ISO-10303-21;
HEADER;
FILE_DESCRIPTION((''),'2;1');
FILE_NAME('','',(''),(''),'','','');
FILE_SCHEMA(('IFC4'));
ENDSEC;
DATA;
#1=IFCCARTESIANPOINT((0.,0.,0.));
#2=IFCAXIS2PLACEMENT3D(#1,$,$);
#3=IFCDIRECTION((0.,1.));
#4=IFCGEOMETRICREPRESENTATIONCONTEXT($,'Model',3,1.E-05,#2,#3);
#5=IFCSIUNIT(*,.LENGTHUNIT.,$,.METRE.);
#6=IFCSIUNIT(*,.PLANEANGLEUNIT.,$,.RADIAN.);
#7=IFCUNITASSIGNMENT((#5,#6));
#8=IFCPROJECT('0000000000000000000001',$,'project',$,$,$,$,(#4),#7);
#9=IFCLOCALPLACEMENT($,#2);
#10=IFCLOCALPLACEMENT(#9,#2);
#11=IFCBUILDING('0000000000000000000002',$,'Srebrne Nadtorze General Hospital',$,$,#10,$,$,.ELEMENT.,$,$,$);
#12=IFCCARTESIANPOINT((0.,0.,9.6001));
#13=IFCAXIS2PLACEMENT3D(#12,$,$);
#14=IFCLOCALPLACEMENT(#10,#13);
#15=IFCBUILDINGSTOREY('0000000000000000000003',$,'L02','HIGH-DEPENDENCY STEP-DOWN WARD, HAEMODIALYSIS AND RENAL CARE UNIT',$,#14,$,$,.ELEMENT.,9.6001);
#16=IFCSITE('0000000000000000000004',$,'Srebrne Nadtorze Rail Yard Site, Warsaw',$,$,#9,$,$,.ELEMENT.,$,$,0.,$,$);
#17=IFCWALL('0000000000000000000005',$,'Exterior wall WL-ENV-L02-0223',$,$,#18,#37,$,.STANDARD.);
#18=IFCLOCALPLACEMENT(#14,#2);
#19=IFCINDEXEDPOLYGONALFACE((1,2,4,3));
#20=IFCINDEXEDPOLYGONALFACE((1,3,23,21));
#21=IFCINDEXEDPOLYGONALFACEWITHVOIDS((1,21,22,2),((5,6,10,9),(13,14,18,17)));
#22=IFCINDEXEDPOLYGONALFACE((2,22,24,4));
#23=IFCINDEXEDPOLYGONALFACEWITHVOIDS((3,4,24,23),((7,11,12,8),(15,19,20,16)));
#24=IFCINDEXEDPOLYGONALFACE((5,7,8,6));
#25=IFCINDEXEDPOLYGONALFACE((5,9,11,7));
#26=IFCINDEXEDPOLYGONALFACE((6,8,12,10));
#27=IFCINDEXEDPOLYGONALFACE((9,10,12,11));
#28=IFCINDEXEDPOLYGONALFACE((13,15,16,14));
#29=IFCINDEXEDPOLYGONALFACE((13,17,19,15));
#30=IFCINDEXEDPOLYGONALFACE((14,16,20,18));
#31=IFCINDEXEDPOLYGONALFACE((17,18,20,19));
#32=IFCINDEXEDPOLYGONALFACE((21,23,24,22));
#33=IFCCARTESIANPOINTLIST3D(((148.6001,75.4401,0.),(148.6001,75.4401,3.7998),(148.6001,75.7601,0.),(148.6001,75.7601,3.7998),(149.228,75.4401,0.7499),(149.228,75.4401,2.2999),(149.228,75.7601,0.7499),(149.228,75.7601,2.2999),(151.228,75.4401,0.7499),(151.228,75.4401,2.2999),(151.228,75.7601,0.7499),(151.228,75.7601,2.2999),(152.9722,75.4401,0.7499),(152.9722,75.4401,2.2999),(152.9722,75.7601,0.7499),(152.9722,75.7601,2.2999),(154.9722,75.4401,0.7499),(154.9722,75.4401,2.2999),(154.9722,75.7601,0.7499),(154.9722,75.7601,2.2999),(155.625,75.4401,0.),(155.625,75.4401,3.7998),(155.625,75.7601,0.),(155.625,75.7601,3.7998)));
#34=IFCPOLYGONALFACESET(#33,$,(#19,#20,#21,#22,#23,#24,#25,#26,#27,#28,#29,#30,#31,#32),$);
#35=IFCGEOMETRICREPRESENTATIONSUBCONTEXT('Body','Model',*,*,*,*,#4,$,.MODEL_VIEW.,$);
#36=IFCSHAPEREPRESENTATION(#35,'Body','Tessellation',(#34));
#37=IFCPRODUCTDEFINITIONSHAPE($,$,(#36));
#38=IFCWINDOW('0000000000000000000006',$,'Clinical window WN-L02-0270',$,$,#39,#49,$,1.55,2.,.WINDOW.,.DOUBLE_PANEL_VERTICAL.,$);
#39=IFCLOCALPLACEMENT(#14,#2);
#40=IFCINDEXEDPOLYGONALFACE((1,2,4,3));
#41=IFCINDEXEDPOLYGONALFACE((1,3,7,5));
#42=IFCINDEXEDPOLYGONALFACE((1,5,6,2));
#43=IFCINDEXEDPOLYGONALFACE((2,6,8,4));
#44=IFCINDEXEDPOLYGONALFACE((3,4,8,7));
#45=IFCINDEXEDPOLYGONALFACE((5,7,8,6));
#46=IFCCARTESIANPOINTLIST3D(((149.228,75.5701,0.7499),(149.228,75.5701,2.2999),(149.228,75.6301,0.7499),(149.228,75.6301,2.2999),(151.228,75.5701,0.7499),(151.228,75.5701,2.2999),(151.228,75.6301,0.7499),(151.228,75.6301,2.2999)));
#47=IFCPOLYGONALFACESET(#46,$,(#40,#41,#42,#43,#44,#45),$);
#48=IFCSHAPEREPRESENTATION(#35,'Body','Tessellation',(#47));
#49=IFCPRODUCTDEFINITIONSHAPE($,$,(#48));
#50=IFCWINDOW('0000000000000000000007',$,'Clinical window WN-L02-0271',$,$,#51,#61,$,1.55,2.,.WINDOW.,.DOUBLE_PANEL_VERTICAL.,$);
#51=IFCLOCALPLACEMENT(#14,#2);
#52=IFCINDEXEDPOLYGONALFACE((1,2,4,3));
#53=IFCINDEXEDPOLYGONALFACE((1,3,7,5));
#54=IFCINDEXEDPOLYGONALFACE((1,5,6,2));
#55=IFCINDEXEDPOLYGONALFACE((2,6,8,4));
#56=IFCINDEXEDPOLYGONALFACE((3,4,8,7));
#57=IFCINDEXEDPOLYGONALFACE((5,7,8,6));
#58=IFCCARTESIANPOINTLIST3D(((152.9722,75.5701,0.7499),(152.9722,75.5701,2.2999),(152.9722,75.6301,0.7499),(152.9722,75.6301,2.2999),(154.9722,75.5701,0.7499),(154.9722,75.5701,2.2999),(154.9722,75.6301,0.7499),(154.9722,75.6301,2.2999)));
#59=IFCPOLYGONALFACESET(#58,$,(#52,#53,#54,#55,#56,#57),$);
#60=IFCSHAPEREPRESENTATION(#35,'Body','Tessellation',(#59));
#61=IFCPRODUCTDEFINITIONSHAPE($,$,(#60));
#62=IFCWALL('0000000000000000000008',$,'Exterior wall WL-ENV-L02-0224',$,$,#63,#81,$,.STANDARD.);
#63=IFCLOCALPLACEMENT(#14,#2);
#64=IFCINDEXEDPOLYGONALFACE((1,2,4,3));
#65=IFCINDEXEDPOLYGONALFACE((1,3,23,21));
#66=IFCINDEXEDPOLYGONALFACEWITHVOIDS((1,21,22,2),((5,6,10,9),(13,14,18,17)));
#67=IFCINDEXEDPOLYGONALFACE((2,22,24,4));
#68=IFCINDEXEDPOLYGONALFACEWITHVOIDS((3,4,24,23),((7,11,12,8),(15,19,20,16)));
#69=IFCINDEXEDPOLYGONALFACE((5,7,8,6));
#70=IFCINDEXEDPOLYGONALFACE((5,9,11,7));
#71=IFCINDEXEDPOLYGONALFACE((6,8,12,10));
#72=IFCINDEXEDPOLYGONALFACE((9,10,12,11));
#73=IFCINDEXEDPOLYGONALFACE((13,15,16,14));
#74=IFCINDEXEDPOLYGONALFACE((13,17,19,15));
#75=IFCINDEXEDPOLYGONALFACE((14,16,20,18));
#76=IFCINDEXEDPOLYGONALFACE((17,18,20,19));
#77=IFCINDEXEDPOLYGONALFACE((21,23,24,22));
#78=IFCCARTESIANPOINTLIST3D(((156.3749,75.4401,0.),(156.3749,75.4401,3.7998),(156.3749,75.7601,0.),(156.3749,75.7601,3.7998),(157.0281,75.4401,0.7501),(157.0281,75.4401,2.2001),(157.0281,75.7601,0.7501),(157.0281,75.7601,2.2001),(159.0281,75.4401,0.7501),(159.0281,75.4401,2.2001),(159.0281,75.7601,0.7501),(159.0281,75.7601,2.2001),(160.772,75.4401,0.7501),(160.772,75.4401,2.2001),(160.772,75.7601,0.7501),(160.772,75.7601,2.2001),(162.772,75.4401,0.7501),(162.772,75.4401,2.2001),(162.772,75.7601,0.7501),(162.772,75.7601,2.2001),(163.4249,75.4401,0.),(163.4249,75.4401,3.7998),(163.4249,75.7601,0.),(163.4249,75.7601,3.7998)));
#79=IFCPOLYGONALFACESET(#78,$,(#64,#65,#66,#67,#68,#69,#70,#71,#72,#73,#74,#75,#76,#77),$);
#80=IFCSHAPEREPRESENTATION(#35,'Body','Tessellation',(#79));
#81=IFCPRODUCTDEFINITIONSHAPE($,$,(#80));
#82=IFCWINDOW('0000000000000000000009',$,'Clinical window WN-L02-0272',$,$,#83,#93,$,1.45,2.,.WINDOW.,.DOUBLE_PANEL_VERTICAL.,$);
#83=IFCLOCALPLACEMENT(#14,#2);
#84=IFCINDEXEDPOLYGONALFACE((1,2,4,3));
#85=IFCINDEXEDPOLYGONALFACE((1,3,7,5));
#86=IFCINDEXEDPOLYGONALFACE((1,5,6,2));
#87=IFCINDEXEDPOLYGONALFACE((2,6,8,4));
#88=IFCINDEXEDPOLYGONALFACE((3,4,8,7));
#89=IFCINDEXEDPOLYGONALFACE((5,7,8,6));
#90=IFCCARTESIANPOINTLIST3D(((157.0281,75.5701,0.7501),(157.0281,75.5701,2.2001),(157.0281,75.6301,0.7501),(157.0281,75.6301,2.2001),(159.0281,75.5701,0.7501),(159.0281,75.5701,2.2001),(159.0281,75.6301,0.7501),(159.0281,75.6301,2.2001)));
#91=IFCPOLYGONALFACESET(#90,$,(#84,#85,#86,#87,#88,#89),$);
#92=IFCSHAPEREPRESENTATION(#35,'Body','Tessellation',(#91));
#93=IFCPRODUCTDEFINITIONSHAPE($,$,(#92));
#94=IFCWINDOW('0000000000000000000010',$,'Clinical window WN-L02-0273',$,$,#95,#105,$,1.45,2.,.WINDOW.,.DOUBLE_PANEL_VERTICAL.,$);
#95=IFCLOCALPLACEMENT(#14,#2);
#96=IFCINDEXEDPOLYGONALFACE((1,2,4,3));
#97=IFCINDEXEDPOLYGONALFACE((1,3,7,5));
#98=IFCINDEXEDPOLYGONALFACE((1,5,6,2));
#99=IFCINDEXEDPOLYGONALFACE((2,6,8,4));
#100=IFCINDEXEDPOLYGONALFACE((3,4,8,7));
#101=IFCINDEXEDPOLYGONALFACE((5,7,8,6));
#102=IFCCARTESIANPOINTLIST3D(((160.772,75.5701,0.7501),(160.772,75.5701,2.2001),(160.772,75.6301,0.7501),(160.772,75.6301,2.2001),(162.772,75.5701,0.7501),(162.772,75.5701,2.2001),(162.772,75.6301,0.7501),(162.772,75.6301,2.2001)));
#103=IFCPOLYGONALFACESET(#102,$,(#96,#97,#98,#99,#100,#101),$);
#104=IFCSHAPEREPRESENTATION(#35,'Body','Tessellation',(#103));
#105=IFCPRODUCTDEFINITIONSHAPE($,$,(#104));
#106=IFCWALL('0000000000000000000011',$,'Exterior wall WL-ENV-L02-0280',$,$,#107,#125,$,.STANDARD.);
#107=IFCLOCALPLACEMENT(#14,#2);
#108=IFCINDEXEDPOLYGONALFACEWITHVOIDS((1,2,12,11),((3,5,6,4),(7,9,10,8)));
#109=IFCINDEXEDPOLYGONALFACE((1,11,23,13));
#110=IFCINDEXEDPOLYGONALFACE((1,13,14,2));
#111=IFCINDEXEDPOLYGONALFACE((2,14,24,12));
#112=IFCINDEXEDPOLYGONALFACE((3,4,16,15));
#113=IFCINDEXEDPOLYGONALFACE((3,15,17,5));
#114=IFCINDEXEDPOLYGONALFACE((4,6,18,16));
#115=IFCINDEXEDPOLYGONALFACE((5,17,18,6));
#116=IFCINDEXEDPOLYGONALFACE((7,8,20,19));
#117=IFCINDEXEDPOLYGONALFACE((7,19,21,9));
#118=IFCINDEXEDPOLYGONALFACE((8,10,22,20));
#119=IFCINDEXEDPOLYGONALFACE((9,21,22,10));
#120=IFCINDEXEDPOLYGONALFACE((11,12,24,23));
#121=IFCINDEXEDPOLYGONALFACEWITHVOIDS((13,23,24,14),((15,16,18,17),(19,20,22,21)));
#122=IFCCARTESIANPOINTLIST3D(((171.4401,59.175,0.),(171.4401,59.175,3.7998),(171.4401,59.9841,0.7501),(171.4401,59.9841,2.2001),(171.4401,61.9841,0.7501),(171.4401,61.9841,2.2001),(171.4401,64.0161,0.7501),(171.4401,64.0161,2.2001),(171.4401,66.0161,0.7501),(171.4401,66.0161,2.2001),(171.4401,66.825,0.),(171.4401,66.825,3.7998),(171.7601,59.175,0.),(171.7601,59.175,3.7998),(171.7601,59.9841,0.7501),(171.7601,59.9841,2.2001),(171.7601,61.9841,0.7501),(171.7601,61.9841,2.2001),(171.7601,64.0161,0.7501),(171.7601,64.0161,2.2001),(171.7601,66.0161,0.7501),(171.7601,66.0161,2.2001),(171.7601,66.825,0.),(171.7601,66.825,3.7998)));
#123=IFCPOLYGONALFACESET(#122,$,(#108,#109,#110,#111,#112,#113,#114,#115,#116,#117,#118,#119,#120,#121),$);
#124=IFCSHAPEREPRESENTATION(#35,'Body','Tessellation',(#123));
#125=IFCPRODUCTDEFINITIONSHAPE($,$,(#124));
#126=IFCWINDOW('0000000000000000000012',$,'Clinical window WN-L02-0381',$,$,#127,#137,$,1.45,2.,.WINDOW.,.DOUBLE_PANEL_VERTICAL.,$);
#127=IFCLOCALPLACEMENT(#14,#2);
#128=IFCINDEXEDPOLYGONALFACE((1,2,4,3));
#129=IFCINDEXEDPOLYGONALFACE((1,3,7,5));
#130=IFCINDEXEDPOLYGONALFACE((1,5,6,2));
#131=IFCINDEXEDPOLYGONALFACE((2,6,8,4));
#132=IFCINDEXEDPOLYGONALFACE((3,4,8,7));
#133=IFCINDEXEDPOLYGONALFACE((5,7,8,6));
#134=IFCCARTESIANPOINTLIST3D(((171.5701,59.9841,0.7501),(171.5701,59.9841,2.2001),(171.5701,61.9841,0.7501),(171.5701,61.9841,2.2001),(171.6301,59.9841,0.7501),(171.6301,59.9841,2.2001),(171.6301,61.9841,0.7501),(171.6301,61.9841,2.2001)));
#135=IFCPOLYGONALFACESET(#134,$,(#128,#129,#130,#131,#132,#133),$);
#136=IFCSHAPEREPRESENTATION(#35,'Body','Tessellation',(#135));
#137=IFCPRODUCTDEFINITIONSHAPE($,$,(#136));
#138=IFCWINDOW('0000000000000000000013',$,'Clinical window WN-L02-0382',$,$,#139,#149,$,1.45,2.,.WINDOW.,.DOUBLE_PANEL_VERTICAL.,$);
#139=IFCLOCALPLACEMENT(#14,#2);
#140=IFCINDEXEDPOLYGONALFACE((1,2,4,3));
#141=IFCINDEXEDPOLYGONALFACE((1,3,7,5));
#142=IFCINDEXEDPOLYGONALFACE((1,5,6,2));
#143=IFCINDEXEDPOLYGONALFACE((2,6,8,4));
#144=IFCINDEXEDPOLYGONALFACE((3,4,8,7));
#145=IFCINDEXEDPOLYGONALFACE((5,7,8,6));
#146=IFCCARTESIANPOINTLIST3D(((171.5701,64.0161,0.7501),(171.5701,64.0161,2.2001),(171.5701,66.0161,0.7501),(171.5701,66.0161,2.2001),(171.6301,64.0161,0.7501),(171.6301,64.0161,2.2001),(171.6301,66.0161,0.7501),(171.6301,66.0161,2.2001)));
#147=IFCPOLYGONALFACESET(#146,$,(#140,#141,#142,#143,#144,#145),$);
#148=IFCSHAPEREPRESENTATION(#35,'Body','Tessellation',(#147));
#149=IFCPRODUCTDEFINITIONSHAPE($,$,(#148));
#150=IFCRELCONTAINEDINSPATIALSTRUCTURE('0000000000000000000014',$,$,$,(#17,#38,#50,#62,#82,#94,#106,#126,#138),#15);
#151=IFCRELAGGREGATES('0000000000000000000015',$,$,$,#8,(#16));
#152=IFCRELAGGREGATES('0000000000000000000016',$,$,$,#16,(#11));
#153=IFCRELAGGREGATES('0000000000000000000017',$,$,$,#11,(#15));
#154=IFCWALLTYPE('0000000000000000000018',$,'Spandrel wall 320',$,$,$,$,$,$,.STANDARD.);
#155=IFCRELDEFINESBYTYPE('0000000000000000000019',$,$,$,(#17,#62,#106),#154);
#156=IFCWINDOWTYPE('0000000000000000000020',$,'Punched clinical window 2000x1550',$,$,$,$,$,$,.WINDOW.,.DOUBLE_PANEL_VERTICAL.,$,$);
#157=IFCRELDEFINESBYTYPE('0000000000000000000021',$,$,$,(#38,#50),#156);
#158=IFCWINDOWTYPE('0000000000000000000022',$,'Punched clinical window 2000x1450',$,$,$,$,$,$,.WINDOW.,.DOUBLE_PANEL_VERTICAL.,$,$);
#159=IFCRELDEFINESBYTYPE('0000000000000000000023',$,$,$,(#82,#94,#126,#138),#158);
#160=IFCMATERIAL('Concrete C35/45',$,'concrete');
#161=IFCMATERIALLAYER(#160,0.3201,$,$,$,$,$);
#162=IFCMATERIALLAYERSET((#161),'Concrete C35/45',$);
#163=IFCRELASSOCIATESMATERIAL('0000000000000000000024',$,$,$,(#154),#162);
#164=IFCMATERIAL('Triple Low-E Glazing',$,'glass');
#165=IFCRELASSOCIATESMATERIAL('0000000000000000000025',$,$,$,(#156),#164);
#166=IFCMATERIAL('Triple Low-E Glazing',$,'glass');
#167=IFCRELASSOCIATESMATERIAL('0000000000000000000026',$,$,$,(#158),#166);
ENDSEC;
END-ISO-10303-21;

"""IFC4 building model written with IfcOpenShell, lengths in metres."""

from ifc_helpers import new_model, si_unit, direction, frame, frame_2d, origin, place, context, subcontext, project, spatial, rectangle, extrude, material, layer, layer_set, type_object, element, fill, save


model = new_model("IFC4")

# Units and contexts
model_context = context("Model", 3, precision=1e-05, world=origin(), true_north=direction((0.0, 1.0)))
body_context = subcontext(model_context, "Body", "Model", "MODEL_VIEW")
ifc_project = project(units=[si_unit("LENGTHUNIT", "METRE"), si_unit("PLANEANGLEUNIT", "RADIAN")], contexts=[model_context])

# Site, building, storey
site_placement = place(None, origin())
site = spatial("IfcSite", under=ifc_project, at=site_placement, Name="Srebrne Nadtorze Rail Yard Site, Warsaw", CompositionType="ELEMENT", RefElevation=0.0)
building_placement = place(site_placement, origin())
building = spatial("IfcBuilding", under=site, at=building_placement, Name="Srebrne Nadtorze General Hospital", CompositionType="ELEMENT")
storey_placement = place(building_placement, frame((0.0, 0.0, 9.6001)))
storey = spatial("IfcBuildingStorey", under=building, at=storey_placement, Name="L02", Description="HIGH-DEPENDENCY STEP-DOWN WARD, HAEMODIALYSIS AND RENAL CARE UNIT", CompositionType="ELEMENT", Elevation=9.6001)

# Walls, openings, windows
ifc_material_1 = material(Name="Concrete C35/45", Category="concrete")
ifc_layer_1 = layer(ifc_material_1, 0.3201)
ifc_layer_set_1 = layer_set([ifc_layer_1], Name="Concrete C35/45")
wall_type_1 = type_object("IfcWallType", Name="Spandrel wall 320", PredefinedType="STANDARD", material=ifc_layer_set_1)
wall_1_placement = place(storey_placement, frame((148.6001, 75.6001, 0.0), z_axis=(0.0, 0.0, 1.0), x_axis=(1.0, 0.0, 0.0)))
wall_1 = element("IfcWall", 1, at=wall_1_placement, inside=storey, type_object=wall_type_1, Name="Exterior wall WL-ENV-L02-0223", PredefinedType="STANDARD", context=body_context, shape_type="SweptSolid", body=[
    extrude(rectangle(XDim=7.0249, YDim=0.3201, at=frame_2d((3.5125, 0.0))), origin(), (0.0, 0.0, 1.0), 3.7998),
])
opening_1_placement = place(wall_1_placement, frame((0.6279, 0.0, 0.75)))
opening_1 = element("IfcOpeningElement", 2, at=opening_1_placement, cuts=wall_1, PredefinedType="OPENING", context=body_context, shape_type="SweptSolid", body=[
    extrude(rectangle(XDim=2.0, YDim=1.55, at=frame_2d((1.0, 0.7749))), frame((0.0, 0.1719, 0.0), z_axis=(0.0, -1.0, 0.0), x_axis=(1.0, 0.0, 0.0)), (0.0, 0.0, 1.0), 0.344),
])
opening_2_placement = place(wall_1_placement, frame((4.3721, 0.0, 0.75)))
opening_2 = element("IfcOpeningElement", 3, at=opening_2_placement, cuts=wall_1, PredefinedType="OPENING", context=body_context, shape_type="SweptSolid", body=[
    extrude(rectangle(XDim=2.0, YDim=1.55, at=frame_2d((1.0, 0.7749))), frame((0.0, 0.1719, 0.0), z_axis=(0.0, -1.0, 0.0), x_axis=(1.0, 0.0, 0.0)), (0.0, 0.0, 1.0), 0.344),
])
ifc_material_2 = material(Name="Triple Low-E Glazing", Category="glass")
window_type_1 = type_object("IfcWindowType", Name="Punched clinical window 2000x1550", PartitioningType="DOUBLE_PANEL_VERTICAL", PredefinedType="WINDOW", material=ifc_material_2)
window_1_placement = place(opening_1_placement, origin())
window_1 = element("IfcWindow", 4, at=window_1_placement, inside=storey, type_object=window_type_1, Name="Clinical window WN-L02-0270", OverallHeight=1.55, OverallWidth=2.0, PartitioningType="DOUBLE_PANEL_VERTICAL", PredefinedType="WINDOW", context=body_context, shape_type="SweptSolid", body=[
    extrude(rectangle(XDim=2.0, YDim=1.55, at=frame_2d((1.0, 0.7749))), frame((0.0, 0.03, 0.0), z_axis=(0.0, -1.0, 0.0), x_axis=(1.0, 0.0, 0.0)), (0.0, 0.0, 1.0), 0.0601),
])
fill(opening_1, window_1)
window_2_placement = place(opening_2_placement, origin())
window_2 = element("IfcWindow", 5, at=window_2_placement, inside=storey, type_object=window_type_1, Name="Clinical window WN-L02-0271", OverallHeight=1.55, OverallWidth=2.0, PartitioningType="DOUBLE_PANEL_VERTICAL", PredefinedType="WINDOW", context=body_context, shape_type="SweptSolid", body=[
    extrude(rectangle(XDim=2.0, YDim=1.55, at=frame_2d((1.0, 0.7749))), frame((0.0, 0.03, 0.0), z_axis=(0.0, -1.0, 0.0), x_axis=(1.0, 0.0, 0.0)), (0.0, 0.0, 1.0), 0.0601),
])
fill(opening_2, window_2)
wall_2_placement = place(storey_placement, frame((156.375, 75.6001, 0.0), z_axis=(0.0, 0.0, 1.0), x_axis=(1.0, 0.0, 0.0)))
wall_2 = element("IfcWall", 6, at=wall_2_placement, inside=storey, type_object=wall_type_1, Name="Exterior wall WL-ENV-L02-0224", PredefinedType="STANDARD", context=body_context, shape_type="SweptSolid", body=[
    extrude(rectangle(XDim=7.05, YDim=0.3201, at=frame_2d((3.5249, 0.0))), origin(), (0.0, 0.0, 1.0), 3.7998),
])
opening_3_placement = place(wall_2_placement, frame((0.6531, 0.0, 0.75)))
opening_3 = element("IfcOpeningElement", 7, at=opening_3_placement, cuts=wall_2, PredefinedType="OPENING", context=body_context, shape_type="SweptSolid", body=[
    extrude(rectangle(XDim=2.0, YDim=1.45, at=frame_2d((1.0, 0.7251))), frame((0.0, 0.1719, 0.0), z_axis=(0.0, -1.0, 0.0), x_axis=(1.0, 0.0, 0.0)), (0.0, 0.0, 1.0), 0.344),
])
opening_4_placement = place(wall_2_placement, frame((4.397, 0.0, 0.75)))
opening_4 = element("IfcOpeningElement", 8, at=opening_4_placement, cuts=wall_2, PredefinedType="OPENING", context=body_context, shape_type="SweptSolid", body=[
    extrude(rectangle(XDim=2.0, YDim=1.45, at=frame_2d((1.0, 0.7251))), frame((0.0, 0.1719, 0.0), z_axis=(0.0, -1.0, 0.0), x_axis=(1.0, 0.0, 0.0)), (0.0, 0.0, 1.0), 0.344),
])
ifc_material_3 = material(Name="Triple Low-E Glazing", Category="glass")
window_type_2 = type_object("IfcWindowType", Name="Punched clinical window 2000x1450", PartitioningType="DOUBLE_PANEL_VERTICAL", PredefinedType="WINDOW", material=ifc_material_3)
window_3_placement = place(opening_3_placement, origin())
window_3 = element("IfcWindow", 9, at=window_3_placement, inside=storey, type_object=window_type_2, Name="Clinical window WN-L02-0272", OverallHeight=1.45, OverallWidth=2.0, PartitioningType="DOUBLE_PANEL_VERTICAL", PredefinedType="WINDOW", context=body_context, shape_type="SweptSolid", body=[
    extrude(rectangle(XDim=2.0, YDim=1.45, at=frame_2d((1.0, 0.7251))), frame((0.0, 0.03, 0.0), z_axis=(0.0, -1.0, 0.0), x_axis=(1.0, 0.0, 0.0)), (0.0, 0.0, 1.0), 0.0601),
])
fill(opening_3, window_3)
window_4_placement = place(opening_4_placement, origin())
window_4 = element("IfcWindow", 10, at=window_4_placement, inside=storey, type_object=window_type_2, Name="Clinical window WN-L02-0273", OverallHeight=1.45, OverallWidth=2.0, PartitioningType="DOUBLE_PANEL_VERTICAL", PredefinedType="WINDOW", context=body_context, shape_type="SweptSolid", body=[
    extrude(rectangle(XDim=2.0, YDim=1.45, at=frame_2d((1.0, 0.7251))), frame((0.0, 0.03, 0.0), z_axis=(0.0, -1.0, 0.0), x_axis=(1.0, 0.0, 0.0)), (0.0, 0.0, 1.0), 0.0601),
])
fill(opening_4, window_4)
wall_3_placement = place(storey_placement, frame((171.6001, 59.175, 0.0), z_axis=(0.0, 0.0, 1.0), x_axis=(0.0, 1.0, 0.0)))
wall_3 = element("IfcWall", 11, at=wall_3_placement, inside=storey, type_object=wall_type_1, Name="Exterior wall WL-ENV-L02-0280", PredefinedType="STANDARD", context=body_context, shape_type="SweptSolid", body=[
    extrude(rectangle(XDim=7.6499, YDim=0.3201, at=frame_2d((3.825, 0.0))), origin(), (0.0, 0.0, 1.0), 3.7998),
])
opening_5_placement = place(wall_3_placement, frame((0.8091, 0.0, 0.75)))
opening_5 = element("IfcOpeningElement", 12, at=opening_5_placement, cuts=wall_3, PredefinedType="OPENING", context=body_context, shape_type="SweptSolid", body=[
    extrude(rectangle(XDim=2.0, YDim=1.45, at=frame_2d((1.0, 0.7251))), frame((0.0, 0.1719, 0.0), z_axis=(0.0, -1.0, 0.0), x_axis=(1.0, 0.0, 0.0)), (0.0, 0.0, 1.0), 0.344),
])
opening_6_placement = place(wall_3_placement, frame((4.8411, 0.0, 0.75)))
opening_6 = element("IfcOpeningElement", 13, at=opening_6_placement, cuts=wall_3, PredefinedType="OPENING", context=body_context, shape_type="SweptSolid", body=[
    extrude(rectangle(XDim=2.0, YDim=1.45, at=frame_2d((1.0, 0.7251))), frame((0.0, 0.1719, 0.0), z_axis=(0.0, -1.0, 0.0), x_axis=(1.0, 0.0, 0.0)), (0.0, 0.0, 1.0), 0.344),
])
window_5_placement = place(opening_5_placement, origin())
window_5 = element("IfcWindow", 14, at=window_5_placement, inside=storey, type_object=window_type_2, Name="Clinical window WN-L02-0381", OverallHeight=1.45, OverallWidth=2.0, PartitioningType="DOUBLE_PANEL_VERTICAL", PredefinedType="WINDOW", context=body_context, shape_type="SweptSolid", body=[
    extrude(rectangle(XDim=2.0, YDim=1.45, at=frame_2d((1.0, 0.7251))), frame((0.0, 0.03, 0.0), z_axis=(0.0, -1.0, 0.0), x_axis=(1.0, 0.0, 0.0)), (0.0, 0.0, 1.0), 0.0601),
])
fill(opening_5, window_5)
window_6_placement = place(opening_6_placement, origin())
window_6 = element("IfcWindow", 15, at=window_6_placement, inside=storey, type_object=window_type_2, Name="Clinical window WN-L02-0382", OverallHeight=1.45, OverallWidth=2.0, PartitioningType="DOUBLE_PANEL_VERTICAL", PredefinedType="WINDOW", context=body_context, shape_type="SweptSolid", body=[
    extrude(rectangle(XDim=2.0, YDim=1.45, at=frame_2d((1.0, 0.7251))), frame((0.0, 0.03, 0.0), z_axis=(0.0, -1.0, 0.0), x_axis=(1.0, 0.0, 0.0)), (0.0, 0.0, 1.0), 0.0601),
])
fill(opening_6, window_6)

save(model, "model.ifc")
